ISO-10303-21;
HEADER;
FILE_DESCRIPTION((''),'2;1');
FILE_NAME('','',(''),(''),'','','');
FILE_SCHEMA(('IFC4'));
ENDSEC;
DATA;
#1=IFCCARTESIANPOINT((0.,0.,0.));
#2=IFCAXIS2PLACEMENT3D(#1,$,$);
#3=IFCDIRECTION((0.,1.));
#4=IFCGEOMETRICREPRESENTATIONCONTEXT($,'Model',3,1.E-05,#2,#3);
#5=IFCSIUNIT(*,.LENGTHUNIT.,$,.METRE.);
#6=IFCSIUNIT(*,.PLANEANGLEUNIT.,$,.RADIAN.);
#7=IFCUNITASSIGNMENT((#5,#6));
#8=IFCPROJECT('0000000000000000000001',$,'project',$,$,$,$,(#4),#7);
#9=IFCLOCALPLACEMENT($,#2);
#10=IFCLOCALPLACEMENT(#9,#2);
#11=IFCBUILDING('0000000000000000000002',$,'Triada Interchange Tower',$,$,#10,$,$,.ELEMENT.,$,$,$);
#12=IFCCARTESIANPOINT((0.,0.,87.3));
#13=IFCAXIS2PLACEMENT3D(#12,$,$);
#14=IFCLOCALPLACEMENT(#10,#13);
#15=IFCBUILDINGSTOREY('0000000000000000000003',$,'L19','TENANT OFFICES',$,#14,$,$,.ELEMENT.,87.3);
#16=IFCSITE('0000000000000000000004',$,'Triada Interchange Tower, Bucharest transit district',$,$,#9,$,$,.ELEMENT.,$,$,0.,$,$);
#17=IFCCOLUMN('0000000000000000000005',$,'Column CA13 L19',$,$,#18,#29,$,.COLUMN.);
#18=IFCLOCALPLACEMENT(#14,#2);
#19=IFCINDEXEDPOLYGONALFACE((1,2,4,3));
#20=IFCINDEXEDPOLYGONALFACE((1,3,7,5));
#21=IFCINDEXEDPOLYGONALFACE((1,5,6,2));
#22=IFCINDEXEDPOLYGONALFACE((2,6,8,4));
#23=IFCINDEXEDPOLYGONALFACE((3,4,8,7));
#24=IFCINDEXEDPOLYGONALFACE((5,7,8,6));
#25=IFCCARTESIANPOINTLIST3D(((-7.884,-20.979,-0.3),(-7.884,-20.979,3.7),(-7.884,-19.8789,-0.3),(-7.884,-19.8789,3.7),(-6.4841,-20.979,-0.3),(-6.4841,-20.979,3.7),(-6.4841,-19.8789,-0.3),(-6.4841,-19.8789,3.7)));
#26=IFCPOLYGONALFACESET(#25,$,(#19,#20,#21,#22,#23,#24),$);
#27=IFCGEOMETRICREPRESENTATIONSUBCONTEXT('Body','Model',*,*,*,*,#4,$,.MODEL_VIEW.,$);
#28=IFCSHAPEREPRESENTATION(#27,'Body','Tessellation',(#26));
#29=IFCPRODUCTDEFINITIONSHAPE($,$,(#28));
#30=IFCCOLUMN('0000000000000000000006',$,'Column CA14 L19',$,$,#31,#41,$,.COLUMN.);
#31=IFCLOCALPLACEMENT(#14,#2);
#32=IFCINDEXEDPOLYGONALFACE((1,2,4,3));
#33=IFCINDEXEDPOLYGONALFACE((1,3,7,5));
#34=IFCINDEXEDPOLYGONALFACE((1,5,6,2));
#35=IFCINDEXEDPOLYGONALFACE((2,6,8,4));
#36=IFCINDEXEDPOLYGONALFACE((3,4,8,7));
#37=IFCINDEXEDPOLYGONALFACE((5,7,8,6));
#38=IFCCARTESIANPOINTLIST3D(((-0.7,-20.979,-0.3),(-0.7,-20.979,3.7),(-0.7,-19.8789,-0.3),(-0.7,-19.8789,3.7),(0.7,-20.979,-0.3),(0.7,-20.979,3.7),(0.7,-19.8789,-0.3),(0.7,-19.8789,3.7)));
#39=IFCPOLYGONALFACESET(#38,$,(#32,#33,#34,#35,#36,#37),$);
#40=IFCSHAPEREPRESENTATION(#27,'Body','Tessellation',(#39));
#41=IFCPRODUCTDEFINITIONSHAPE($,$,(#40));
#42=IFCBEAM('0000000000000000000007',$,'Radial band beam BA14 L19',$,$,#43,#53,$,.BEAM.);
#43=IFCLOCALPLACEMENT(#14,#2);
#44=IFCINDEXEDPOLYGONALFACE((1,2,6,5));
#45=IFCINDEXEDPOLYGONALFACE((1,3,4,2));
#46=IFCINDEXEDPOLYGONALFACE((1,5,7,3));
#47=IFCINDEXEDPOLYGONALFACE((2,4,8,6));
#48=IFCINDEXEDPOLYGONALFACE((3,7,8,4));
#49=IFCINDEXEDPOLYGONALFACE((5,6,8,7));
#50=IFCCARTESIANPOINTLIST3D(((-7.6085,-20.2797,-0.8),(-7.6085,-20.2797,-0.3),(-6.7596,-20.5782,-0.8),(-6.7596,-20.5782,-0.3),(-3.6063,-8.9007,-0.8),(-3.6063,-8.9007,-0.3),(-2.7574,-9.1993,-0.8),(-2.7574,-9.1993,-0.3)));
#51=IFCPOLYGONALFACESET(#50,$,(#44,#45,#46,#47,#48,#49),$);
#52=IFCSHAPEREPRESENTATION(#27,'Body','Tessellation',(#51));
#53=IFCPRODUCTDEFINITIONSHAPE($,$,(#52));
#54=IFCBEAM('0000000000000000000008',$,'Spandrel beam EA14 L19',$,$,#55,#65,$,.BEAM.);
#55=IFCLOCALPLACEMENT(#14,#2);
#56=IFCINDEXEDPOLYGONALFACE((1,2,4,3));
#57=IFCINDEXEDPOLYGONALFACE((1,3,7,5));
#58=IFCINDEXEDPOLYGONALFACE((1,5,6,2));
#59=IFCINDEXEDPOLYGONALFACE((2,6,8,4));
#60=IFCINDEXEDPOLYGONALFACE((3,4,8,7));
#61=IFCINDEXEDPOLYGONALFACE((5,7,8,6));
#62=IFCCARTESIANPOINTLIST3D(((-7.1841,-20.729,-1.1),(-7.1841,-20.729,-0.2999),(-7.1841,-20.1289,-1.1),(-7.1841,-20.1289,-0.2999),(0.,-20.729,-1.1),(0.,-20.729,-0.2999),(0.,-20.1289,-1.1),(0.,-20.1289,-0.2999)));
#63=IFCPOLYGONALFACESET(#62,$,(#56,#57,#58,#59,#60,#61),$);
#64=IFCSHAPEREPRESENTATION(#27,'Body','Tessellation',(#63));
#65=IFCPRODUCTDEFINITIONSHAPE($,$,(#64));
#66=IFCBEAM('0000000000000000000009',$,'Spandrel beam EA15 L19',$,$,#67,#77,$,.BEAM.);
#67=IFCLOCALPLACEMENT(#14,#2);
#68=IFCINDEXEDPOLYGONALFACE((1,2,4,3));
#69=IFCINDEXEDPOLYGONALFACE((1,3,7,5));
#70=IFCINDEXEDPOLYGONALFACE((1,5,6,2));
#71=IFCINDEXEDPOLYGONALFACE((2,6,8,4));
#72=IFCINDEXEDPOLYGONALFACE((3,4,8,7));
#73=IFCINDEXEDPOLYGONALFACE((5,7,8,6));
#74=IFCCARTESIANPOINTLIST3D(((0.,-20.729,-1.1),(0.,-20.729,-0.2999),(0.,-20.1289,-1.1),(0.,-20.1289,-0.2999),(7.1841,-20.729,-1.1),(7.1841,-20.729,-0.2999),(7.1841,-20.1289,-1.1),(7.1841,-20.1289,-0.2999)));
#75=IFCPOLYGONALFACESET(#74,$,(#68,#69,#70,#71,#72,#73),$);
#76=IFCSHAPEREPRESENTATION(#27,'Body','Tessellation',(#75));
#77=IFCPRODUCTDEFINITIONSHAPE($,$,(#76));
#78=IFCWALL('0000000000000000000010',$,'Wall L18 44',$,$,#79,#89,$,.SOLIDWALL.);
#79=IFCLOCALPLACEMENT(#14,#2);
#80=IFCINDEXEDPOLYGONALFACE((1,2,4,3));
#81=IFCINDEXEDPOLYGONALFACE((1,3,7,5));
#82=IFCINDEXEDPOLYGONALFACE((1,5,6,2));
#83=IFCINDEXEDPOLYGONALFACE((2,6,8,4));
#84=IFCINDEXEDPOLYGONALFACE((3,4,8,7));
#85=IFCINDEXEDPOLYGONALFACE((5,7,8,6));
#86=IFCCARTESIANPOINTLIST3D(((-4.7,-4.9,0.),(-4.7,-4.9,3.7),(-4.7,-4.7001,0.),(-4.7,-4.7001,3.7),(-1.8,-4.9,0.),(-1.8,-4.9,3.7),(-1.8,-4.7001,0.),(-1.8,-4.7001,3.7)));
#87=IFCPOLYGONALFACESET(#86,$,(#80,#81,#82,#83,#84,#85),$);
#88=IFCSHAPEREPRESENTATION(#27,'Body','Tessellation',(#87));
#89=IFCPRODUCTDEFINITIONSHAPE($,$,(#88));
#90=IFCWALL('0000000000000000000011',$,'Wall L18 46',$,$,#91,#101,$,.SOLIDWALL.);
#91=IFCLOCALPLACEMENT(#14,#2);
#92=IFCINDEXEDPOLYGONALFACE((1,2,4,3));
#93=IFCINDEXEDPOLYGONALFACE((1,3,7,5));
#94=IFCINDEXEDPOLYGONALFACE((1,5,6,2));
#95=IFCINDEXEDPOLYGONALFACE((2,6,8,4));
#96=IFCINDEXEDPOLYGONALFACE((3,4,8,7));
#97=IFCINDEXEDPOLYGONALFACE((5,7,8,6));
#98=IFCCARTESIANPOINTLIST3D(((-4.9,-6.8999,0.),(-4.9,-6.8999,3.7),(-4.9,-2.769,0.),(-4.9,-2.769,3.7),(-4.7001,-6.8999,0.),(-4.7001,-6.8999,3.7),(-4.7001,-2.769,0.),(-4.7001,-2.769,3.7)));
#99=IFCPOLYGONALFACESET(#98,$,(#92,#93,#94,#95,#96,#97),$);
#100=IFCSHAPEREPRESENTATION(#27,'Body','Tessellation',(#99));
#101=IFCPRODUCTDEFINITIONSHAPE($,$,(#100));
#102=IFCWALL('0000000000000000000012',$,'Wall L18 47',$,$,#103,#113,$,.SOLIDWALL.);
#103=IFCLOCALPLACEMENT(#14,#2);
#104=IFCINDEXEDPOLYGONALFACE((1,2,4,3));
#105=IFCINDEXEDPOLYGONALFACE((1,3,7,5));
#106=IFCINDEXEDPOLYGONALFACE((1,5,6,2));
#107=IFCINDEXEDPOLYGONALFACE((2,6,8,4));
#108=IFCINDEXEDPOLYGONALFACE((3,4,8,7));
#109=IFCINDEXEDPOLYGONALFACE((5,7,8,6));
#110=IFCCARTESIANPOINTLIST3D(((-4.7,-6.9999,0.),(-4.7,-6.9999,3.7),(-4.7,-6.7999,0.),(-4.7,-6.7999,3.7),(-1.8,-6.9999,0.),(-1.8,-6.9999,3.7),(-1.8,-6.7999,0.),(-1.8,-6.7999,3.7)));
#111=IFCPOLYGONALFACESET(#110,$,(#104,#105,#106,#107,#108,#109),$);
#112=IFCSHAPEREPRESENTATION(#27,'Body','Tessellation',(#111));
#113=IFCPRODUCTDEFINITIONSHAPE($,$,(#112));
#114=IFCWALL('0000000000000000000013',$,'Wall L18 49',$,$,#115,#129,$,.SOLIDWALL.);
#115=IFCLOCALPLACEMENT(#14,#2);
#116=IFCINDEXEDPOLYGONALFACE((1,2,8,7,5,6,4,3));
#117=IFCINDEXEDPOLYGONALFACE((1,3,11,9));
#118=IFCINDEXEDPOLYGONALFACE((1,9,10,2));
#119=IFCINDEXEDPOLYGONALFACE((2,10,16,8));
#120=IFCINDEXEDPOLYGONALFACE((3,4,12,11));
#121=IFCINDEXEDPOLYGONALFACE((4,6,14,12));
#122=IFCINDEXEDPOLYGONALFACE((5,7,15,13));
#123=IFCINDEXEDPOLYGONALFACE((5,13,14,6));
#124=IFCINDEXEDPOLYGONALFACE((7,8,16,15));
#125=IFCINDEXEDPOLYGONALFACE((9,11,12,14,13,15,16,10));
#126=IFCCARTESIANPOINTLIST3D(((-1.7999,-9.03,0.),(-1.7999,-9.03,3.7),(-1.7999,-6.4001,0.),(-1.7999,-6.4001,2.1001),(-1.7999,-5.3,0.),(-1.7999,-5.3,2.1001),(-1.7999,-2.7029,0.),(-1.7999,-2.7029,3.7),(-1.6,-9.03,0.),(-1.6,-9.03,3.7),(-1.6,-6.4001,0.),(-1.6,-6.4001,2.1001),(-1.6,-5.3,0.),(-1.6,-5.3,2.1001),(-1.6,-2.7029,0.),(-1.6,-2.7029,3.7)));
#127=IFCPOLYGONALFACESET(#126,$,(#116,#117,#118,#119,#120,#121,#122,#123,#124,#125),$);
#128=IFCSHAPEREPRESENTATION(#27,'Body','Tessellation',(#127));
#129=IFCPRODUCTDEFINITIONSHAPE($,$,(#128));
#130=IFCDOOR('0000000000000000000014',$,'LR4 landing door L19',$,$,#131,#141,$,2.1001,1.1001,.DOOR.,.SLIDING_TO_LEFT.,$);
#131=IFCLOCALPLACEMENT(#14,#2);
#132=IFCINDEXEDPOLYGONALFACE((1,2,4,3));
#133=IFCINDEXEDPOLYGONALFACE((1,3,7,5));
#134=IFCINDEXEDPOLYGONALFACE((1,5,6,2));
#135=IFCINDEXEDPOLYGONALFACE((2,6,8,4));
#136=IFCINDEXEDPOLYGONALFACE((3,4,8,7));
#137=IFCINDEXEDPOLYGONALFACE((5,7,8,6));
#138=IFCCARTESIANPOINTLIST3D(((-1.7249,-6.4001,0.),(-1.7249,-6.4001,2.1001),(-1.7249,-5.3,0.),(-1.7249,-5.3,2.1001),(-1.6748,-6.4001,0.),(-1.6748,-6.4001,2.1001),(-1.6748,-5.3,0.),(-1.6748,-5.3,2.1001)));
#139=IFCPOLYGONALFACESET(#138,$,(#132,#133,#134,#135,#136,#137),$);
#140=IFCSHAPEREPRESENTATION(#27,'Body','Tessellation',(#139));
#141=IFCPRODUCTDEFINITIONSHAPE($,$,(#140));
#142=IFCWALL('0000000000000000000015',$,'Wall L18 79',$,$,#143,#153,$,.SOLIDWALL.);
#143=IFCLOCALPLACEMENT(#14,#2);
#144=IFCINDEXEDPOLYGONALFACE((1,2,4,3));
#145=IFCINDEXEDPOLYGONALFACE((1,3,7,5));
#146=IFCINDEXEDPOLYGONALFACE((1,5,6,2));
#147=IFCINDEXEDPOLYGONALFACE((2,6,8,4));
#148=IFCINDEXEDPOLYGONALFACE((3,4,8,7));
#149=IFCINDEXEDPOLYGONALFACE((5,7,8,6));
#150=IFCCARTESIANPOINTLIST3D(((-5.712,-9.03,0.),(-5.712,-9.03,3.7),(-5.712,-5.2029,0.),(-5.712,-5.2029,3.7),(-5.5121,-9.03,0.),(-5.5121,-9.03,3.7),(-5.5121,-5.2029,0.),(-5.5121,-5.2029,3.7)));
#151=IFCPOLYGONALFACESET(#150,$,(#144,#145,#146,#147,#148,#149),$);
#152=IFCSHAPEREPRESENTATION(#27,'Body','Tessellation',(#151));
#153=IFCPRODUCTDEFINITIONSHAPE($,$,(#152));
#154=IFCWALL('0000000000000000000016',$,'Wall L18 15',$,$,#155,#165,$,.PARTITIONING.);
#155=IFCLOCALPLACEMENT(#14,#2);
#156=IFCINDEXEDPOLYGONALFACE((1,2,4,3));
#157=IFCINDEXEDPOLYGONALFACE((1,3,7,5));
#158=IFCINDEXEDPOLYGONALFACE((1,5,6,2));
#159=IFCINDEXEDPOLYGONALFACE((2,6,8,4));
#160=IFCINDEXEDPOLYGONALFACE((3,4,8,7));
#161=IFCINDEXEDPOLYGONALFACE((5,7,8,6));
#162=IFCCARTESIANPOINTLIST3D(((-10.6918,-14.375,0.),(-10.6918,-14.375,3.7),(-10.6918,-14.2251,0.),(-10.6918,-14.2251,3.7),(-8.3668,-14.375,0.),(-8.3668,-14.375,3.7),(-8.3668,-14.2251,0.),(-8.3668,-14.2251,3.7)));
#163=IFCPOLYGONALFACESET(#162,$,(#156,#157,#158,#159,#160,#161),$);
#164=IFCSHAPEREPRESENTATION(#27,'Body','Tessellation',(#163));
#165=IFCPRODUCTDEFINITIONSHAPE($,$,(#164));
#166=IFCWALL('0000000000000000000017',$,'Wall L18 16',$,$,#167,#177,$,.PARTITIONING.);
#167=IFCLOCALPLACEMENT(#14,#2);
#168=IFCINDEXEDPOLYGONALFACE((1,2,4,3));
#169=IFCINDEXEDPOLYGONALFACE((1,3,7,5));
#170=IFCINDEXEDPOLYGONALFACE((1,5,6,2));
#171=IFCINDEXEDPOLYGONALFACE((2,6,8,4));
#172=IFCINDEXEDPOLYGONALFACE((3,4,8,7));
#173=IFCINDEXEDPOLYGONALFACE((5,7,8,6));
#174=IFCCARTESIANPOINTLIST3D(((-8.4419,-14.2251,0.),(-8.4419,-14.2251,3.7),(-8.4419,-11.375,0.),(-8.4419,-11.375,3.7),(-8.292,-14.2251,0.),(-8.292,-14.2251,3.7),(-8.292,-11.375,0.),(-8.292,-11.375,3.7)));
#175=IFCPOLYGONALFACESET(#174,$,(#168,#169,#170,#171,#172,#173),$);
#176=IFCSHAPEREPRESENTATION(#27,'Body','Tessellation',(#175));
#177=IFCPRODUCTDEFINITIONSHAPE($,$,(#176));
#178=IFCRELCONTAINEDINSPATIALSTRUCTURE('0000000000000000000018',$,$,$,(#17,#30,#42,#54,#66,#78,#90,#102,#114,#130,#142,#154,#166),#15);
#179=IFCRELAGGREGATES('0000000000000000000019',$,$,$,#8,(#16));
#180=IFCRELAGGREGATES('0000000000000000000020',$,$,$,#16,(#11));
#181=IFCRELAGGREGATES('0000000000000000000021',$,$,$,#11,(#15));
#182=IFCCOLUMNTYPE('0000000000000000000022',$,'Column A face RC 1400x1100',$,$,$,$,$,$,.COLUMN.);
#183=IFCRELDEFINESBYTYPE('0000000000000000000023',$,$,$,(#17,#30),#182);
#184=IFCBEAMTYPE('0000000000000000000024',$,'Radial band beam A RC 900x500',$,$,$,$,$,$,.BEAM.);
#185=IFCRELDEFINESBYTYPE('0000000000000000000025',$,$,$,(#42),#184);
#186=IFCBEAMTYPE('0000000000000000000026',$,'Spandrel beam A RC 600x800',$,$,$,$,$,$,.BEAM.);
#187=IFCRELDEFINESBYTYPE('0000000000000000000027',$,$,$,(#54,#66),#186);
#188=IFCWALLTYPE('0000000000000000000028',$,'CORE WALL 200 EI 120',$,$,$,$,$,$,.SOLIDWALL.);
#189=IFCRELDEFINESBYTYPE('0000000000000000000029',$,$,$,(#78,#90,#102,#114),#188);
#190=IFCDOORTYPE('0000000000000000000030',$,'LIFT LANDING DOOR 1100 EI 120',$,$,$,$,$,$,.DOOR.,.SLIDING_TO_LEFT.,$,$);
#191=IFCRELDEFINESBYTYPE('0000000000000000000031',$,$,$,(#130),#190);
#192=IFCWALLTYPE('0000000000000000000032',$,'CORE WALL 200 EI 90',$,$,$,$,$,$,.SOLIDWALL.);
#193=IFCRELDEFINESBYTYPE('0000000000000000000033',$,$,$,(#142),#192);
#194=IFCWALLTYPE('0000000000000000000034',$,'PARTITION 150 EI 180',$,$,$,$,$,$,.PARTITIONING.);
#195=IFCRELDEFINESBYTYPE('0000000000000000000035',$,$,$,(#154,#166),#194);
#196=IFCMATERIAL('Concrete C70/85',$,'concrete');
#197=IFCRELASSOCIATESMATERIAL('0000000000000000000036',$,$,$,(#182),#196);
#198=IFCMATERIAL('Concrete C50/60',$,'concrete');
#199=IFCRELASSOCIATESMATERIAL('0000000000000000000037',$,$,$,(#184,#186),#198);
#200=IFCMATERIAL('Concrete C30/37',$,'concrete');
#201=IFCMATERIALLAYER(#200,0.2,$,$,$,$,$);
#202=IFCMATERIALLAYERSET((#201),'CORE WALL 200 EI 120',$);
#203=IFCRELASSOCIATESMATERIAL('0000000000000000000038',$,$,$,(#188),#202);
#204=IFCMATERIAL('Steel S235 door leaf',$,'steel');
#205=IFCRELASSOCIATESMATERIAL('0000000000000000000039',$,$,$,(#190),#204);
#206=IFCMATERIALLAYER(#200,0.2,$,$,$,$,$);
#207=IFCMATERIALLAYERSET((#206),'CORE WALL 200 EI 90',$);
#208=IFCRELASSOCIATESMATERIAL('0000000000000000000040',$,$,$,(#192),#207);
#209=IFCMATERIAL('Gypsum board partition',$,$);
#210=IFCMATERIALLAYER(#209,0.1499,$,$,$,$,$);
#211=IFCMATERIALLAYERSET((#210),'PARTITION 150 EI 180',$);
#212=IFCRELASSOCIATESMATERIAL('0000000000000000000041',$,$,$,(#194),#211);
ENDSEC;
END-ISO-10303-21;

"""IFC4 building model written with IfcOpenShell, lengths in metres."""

from ifc_helpers import new_model, si_unit, direction, frame, frame_2d, origin, origin_2d, place, context, subcontext, project, spatial, rectangle, extrude, material, layer, layer_set, material_profile, profile_set, type_object, element, fill, save


model = new_model("IFC4")

# Units and contexts
model_context = context("Model", 3, precision=1e-05, world=origin(), true_north=direction((0.0, 1.0)))
body_context = subcontext(model_context, "Body", "Model", "MODEL_VIEW")
ifc_project = project(units=[si_unit("LENGTHUNIT", "METRE"), si_unit("PLANEANGLEUNIT", "RADIAN")], contexts=[model_context])

# Site, building, storey
site_placement = place(None, origin())
site = spatial("IfcSite", under=ifc_project, at=site_placement, Name="Triada Interchange Tower, Bucharest transit district", CompositionType="ELEMENT", RefElevation=0.0)
building_placement = place(site_placement, origin())
building = spatial("IfcBuilding", under=site, at=building_placement, Name="Triada Interchange Tower", CompositionType="ELEMENT")
storey_placement = place(building_placement, frame((0.0, 0.0, 87.3)))
storey = spatial("IfcBuildingStorey", under=building, at=storey_placement, Name="L19", Description="TENANT OFFICES", CompositionType="ELEMENT", Elevation=87.3)

# Columns
ifc_material_1 = material(Name="Concrete C70/85", Category="concrete")
ifc_material_profile_1 = material_profile(ifc_material_1, rectangle(XDim=1.3999, YDim=1.1001, at=origin_2d()), Name="RC 1400x1100")
ifc_profile_set_1 = profile_set([ifc_material_profile_1], Name="Concrete C70/85")
column_type = type_object("IfcColumnType", Name="Column A face RC 1400x1100", PredefinedType="COLUMN", material=ifc_profile_set_1)
for number, where, z_axis, x_axis, name in (
    (1, (-7.1841, -20.429, -0.3), (0.0, 0.0, 1.0), (1.0, 0.0, 0.0), "Column CA13 L19"),
    (2, (0.0, -20.429, -0.3), (0.0, 0.0, 1.0), (1.0, 0.0, 0.0), "Column CA14 L19"),
):
    element("IfcColumn", number, at=place(storey_placement, frame(where, z_axis=z_axis, x_axis=x_axis)), inside=storey, type_object=column_type, Name=name, PredefinedType="COLUMN", context=body_context, shape_type="SweptSolid", body=[
        extrude(rectangle(XDim=1.3999, YDim=1.1001, at=origin_2d()), origin(), (0.0, 0.0, 1.0), 4.0),
    ])

# Beams
ifc_material_2 = material(Name="Concrete C50/60", Category="concrete")
ifc_material_profile_2 = material_profile(ifc_material_2, rectangle(XDim=0.8999, YDim=0.5, at=origin_2d()), Name="RC 900x500")
ifc_profile_set_2 = profile_set([ifc_material_profile_2], Name="Concrete C50/60")
beam_type_1 = type_object("IfcBeamType", Name="Radial band beam A RC 900x500", PredefinedType="BEAM", material=ifc_profile_set_2)
beam_placement = place(storey_placement, frame((-7.1841, -20.429, -0.55), z_axis=(0.331796, 0.943351, 0.0), x_axis=(-0.943351, 0.331796, 0.0)))
element("IfcBeam", 3, at=beam_placement, inside=storey, type_object=beam_type_1, Name="Radial band beam BA14 L19", PredefinedType="BEAM", context=body_context, shape_type="SweptSolid", body=[
    extrude(rectangle(XDim=0.8999, YDim=0.5, at=origin_2d()), origin(), (0.0, 0.0, 1.0), 12.0623),
])
ifc_material_profile_3 = material_profile(ifc_material_2, rectangle(XDim=0.6001, YDim=0.8, at=origin_2d()), Name="RC 600x800")
ifc_profile_set_3 = profile_set([ifc_material_profile_3], Name="Concrete C50/60")
beam_type_2 = type_object("IfcBeamType", Name="Spandrel beam A RC 600x800", PredefinedType="BEAM", material=ifc_profile_set_3)
for number, where, z_axis, x_axis, name in (
    (4, (-7.1841, -20.429, -0.7), (1.0, 0.0, 0.0), (0.0, 1.0, 0.0), "Spandrel beam EA14 L19"),
    (5, (0.0, -20.429, -0.7), (1.0, 0.0, 0.0), (0.0, 1.0, 0.0), "Spandrel beam EA15 L19"),
):
    element("IfcBeam", number, at=place(storey_placement, frame(where, z_axis=z_axis, x_axis=x_axis)), inside=storey, type_object=beam_type_2, Name=name, PredefinedType="BEAM", context=body_context, shape_type="SweptSolid", body=[
        extrude(rectangle(XDim=0.6001, YDim=0.8, at=origin_2d()), origin(), (0.0, 0.0, 1.0), 7.1841),
    ])

# Walls
ifc_material_3 = material(Name="Concrete C30/37", Category="concrete")
ifc_layer_1 = layer(ifc_material_3, 0.2)
ifc_layer_set_1 = layer_set([ifc_layer_1], Name="CORE WALL 200 EI 120")
wall_type_1 = type_object("IfcWallType", Name="CORE WALL 200 EI 120", PredefinedType="SOLIDWALL", material=ifc_layer_set_1)
wall_1_placement = place(storey_placement, frame((-4.7, -4.8, 0.0), z_axis=(0.0, 0.0, 1.0), x_axis=(1.0, 0.0, 0.0)))
element("IfcWall", 6, at=wall_1_placement, inside=storey, type_object=wall_type_1, Name="Wall L18 44", PredefinedType="SOLIDWALL", context=body_context, shape_type="SweptSolid", body=[
    extrude(rectangle(XDim=2.8999, YDim=0.2, at=frame_2d((1.45, 0.0))), origin(), (0.0, 0.0, 1.0), 3.7),
])
wall_2_placement = place(storey_placement, frame((-4.8, -6.8999, 0.0), z_axis=(0.0, 0.0, 1.0), x_axis=(0.0, 1.0, 0.0)))
element("IfcWall", 7, at=wall_2_placement, inside=storey, type_object=wall_type_1, Name="Wall L18 46", PredefinedType="SOLIDWALL", context=body_context, shape_type="SweptSolid", body=[
    extrude(rectangle(XDim=4.1309, YDim=0.2, at=frame_2d((2.0654, 0.0))), origin(), (0.0, 0.0, 1.0), 3.7),
])
wall_3_placement = place(storey_placement, frame((-4.7, -6.8999, 0.0), z_axis=(0.0, 0.0, 1.0), x_axis=(1.0, 0.0, 0.0)))
element("IfcWall", 8, at=wall_3_placement, inside=storey, type_object=wall_type_1, Name="Wall L18 47", PredefinedType="SOLIDWALL", context=body_context, shape_type="SweptSolid", body=[
    extrude(rectangle(XDim=2.8999, YDim=0.2, at=frame_2d((1.45, 0.0))), origin(), (0.0, 0.0, 1.0), 3.7),
])

# Wall, opening, door
wall_4_placement = place(storey_placement, frame((-1.7, -9.03, 0.0), z_axis=(0.0, 0.0, 1.0), x_axis=(0.0, 1.0, 0.0)))
wall_4 = element("IfcWall", 9, at=wall_4_placement, inside=storey, type_object=wall_type_1, Name="Wall L18 49", PredefinedType="SOLIDWALL", context=body_context, shape_type="SweptSolid", body=[
    extrude(rectangle(XDim=6.3271, YDim=0.2, at=frame_2d((3.1636, 0.0))), origin(), (0.0, 0.0, 1.0), 3.7),
])
opening_placement = place(wall_4_placement, frame((2.6299, 0.0, 0.0)))
opening = element("IfcOpeningElement", 10, at=opening_placement, cuts=wall_4, PredefinedType="OPENING", context=body_context, shape_type="SweptSolid", body=[
    extrude(rectangle(XDim=1.1001, YDim=2.1001, at=frame_2d((0.55, 1.05))), frame((0.0, 0.1099, 0.0), z_axis=(0.0, -1.0, 0.0), x_axis=(1.0, 0.0, 0.0)), (0.0, 0.0, 1.0), 0.22),
])
ifc_material_4 = material(Name="Steel S235 door leaf", Category="steel")
door_type = type_object("IfcDoorType", Name="LIFT LANDING DOOR 1100 EI 120", OperationType="SLIDING_TO_LEFT", PredefinedType="DOOR", material=ifc_material_4)
door_placement = place(opening_placement, origin())
door = element("IfcDoor", 11, at=door_placement, inside=storey, type_object=door_type, Name="LR4 landing door L19", OperationType="SLIDING_TO_LEFT", OverallHeight=2.1001, OverallWidth=1.1001, PredefinedType="DOOR", context=body_context, shape_type="SweptSolid", body=[
    extrude(rectangle(XDim=1.1001, YDim=2.1001, at=frame_2d((0.55, 1.05))), frame((0.0, 0.0249, 0.0), z_axis=(0.0, -1.0, 0.0), x_axis=(1.0, 0.0, 0.0)), (0.0, 0.0, 1.0), 0.05),
])
fill(opening, door)

# Walls
ifc_layer_2 = layer(ifc_material_3, 0.2)
ifc_layer_set_2 = layer_set([ifc_layer_2], Name="CORE WALL 200 EI 90")
wall_type_2 = type_object("IfcWallType", Name="CORE WALL 200 EI 90", PredefinedType="SOLIDWALL", material=ifc_layer_set_2)
wall_5_placement = place(storey_placement, frame((-5.6121, -9.03, 0.0), z_axis=(0.0, 0.0, 1.0), x_axis=(0.0, 1.0, 0.0)))
element("IfcWall", 12, at=wall_5_placement, inside=storey, type_object=wall_type_2, Name="Wall L18 79", PredefinedType="SOLIDWALL", context=body_context, shape_type="SweptSolid", body=[
    extrude(rectangle(XDim=3.8271, YDim=0.2, at=frame_2d((1.9136, 0.0))), origin(), (0.0, 0.0, 1.0), 3.7),
])
ifc_material_5 = material(Name="Gypsum board partition")
ifc_layer_3 = layer(ifc_material_5, 0.1499)
ifc_layer_set_3 = layer_set([ifc_layer_3], Name="PARTITION 150 EI 180")
wall_type_3 = type_object("IfcWallType", Name="PARTITION 150 EI 180", PredefinedType="PARTITIONING", material=ifc_layer_set_3)
wall_6_placement = place(storey_placement, frame((-10.6919, -14.3, 0.0), z_axis=(0.0, 0.0, 1.0), x_axis=(1.0, 0.0, 0.0)))
element("IfcWall", 13, at=wall_6_placement, inside=storey, type_object=wall_type_3, Name="Wall L18 15", PredefinedType="PARTITIONING", context=body_context, shape_type="SweptSolid", body=[
    extrude(rectangle(XDim=2.325, YDim=0.1499, at=frame_2d((1.1626, 0.0))), origin(), (0.0, 0.0, 1.0), 3.7),
])
wall_7_placement = place(storey_placement, frame((-8.3669, -14.2251, 0.0), z_axis=(0.0, 0.0, 1.0), x_axis=(0.0, 1.0, 0.0)))
element("IfcWall", 14, at=wall_7_placement, inside=storey, type_object=wall_type_3, Name="Wall L18 16", PredefinedType="PARTITIONING", context=body_context, shape_type="SweptSolid", body=[
    extrude(rectangle(XDim=2.8501, YDim=0.1499, at=frame_2d((1.425, 0.0))), origin(), (0.0, 0.0, 1.0), 3.7),
])

save(model, "model.ifc")
